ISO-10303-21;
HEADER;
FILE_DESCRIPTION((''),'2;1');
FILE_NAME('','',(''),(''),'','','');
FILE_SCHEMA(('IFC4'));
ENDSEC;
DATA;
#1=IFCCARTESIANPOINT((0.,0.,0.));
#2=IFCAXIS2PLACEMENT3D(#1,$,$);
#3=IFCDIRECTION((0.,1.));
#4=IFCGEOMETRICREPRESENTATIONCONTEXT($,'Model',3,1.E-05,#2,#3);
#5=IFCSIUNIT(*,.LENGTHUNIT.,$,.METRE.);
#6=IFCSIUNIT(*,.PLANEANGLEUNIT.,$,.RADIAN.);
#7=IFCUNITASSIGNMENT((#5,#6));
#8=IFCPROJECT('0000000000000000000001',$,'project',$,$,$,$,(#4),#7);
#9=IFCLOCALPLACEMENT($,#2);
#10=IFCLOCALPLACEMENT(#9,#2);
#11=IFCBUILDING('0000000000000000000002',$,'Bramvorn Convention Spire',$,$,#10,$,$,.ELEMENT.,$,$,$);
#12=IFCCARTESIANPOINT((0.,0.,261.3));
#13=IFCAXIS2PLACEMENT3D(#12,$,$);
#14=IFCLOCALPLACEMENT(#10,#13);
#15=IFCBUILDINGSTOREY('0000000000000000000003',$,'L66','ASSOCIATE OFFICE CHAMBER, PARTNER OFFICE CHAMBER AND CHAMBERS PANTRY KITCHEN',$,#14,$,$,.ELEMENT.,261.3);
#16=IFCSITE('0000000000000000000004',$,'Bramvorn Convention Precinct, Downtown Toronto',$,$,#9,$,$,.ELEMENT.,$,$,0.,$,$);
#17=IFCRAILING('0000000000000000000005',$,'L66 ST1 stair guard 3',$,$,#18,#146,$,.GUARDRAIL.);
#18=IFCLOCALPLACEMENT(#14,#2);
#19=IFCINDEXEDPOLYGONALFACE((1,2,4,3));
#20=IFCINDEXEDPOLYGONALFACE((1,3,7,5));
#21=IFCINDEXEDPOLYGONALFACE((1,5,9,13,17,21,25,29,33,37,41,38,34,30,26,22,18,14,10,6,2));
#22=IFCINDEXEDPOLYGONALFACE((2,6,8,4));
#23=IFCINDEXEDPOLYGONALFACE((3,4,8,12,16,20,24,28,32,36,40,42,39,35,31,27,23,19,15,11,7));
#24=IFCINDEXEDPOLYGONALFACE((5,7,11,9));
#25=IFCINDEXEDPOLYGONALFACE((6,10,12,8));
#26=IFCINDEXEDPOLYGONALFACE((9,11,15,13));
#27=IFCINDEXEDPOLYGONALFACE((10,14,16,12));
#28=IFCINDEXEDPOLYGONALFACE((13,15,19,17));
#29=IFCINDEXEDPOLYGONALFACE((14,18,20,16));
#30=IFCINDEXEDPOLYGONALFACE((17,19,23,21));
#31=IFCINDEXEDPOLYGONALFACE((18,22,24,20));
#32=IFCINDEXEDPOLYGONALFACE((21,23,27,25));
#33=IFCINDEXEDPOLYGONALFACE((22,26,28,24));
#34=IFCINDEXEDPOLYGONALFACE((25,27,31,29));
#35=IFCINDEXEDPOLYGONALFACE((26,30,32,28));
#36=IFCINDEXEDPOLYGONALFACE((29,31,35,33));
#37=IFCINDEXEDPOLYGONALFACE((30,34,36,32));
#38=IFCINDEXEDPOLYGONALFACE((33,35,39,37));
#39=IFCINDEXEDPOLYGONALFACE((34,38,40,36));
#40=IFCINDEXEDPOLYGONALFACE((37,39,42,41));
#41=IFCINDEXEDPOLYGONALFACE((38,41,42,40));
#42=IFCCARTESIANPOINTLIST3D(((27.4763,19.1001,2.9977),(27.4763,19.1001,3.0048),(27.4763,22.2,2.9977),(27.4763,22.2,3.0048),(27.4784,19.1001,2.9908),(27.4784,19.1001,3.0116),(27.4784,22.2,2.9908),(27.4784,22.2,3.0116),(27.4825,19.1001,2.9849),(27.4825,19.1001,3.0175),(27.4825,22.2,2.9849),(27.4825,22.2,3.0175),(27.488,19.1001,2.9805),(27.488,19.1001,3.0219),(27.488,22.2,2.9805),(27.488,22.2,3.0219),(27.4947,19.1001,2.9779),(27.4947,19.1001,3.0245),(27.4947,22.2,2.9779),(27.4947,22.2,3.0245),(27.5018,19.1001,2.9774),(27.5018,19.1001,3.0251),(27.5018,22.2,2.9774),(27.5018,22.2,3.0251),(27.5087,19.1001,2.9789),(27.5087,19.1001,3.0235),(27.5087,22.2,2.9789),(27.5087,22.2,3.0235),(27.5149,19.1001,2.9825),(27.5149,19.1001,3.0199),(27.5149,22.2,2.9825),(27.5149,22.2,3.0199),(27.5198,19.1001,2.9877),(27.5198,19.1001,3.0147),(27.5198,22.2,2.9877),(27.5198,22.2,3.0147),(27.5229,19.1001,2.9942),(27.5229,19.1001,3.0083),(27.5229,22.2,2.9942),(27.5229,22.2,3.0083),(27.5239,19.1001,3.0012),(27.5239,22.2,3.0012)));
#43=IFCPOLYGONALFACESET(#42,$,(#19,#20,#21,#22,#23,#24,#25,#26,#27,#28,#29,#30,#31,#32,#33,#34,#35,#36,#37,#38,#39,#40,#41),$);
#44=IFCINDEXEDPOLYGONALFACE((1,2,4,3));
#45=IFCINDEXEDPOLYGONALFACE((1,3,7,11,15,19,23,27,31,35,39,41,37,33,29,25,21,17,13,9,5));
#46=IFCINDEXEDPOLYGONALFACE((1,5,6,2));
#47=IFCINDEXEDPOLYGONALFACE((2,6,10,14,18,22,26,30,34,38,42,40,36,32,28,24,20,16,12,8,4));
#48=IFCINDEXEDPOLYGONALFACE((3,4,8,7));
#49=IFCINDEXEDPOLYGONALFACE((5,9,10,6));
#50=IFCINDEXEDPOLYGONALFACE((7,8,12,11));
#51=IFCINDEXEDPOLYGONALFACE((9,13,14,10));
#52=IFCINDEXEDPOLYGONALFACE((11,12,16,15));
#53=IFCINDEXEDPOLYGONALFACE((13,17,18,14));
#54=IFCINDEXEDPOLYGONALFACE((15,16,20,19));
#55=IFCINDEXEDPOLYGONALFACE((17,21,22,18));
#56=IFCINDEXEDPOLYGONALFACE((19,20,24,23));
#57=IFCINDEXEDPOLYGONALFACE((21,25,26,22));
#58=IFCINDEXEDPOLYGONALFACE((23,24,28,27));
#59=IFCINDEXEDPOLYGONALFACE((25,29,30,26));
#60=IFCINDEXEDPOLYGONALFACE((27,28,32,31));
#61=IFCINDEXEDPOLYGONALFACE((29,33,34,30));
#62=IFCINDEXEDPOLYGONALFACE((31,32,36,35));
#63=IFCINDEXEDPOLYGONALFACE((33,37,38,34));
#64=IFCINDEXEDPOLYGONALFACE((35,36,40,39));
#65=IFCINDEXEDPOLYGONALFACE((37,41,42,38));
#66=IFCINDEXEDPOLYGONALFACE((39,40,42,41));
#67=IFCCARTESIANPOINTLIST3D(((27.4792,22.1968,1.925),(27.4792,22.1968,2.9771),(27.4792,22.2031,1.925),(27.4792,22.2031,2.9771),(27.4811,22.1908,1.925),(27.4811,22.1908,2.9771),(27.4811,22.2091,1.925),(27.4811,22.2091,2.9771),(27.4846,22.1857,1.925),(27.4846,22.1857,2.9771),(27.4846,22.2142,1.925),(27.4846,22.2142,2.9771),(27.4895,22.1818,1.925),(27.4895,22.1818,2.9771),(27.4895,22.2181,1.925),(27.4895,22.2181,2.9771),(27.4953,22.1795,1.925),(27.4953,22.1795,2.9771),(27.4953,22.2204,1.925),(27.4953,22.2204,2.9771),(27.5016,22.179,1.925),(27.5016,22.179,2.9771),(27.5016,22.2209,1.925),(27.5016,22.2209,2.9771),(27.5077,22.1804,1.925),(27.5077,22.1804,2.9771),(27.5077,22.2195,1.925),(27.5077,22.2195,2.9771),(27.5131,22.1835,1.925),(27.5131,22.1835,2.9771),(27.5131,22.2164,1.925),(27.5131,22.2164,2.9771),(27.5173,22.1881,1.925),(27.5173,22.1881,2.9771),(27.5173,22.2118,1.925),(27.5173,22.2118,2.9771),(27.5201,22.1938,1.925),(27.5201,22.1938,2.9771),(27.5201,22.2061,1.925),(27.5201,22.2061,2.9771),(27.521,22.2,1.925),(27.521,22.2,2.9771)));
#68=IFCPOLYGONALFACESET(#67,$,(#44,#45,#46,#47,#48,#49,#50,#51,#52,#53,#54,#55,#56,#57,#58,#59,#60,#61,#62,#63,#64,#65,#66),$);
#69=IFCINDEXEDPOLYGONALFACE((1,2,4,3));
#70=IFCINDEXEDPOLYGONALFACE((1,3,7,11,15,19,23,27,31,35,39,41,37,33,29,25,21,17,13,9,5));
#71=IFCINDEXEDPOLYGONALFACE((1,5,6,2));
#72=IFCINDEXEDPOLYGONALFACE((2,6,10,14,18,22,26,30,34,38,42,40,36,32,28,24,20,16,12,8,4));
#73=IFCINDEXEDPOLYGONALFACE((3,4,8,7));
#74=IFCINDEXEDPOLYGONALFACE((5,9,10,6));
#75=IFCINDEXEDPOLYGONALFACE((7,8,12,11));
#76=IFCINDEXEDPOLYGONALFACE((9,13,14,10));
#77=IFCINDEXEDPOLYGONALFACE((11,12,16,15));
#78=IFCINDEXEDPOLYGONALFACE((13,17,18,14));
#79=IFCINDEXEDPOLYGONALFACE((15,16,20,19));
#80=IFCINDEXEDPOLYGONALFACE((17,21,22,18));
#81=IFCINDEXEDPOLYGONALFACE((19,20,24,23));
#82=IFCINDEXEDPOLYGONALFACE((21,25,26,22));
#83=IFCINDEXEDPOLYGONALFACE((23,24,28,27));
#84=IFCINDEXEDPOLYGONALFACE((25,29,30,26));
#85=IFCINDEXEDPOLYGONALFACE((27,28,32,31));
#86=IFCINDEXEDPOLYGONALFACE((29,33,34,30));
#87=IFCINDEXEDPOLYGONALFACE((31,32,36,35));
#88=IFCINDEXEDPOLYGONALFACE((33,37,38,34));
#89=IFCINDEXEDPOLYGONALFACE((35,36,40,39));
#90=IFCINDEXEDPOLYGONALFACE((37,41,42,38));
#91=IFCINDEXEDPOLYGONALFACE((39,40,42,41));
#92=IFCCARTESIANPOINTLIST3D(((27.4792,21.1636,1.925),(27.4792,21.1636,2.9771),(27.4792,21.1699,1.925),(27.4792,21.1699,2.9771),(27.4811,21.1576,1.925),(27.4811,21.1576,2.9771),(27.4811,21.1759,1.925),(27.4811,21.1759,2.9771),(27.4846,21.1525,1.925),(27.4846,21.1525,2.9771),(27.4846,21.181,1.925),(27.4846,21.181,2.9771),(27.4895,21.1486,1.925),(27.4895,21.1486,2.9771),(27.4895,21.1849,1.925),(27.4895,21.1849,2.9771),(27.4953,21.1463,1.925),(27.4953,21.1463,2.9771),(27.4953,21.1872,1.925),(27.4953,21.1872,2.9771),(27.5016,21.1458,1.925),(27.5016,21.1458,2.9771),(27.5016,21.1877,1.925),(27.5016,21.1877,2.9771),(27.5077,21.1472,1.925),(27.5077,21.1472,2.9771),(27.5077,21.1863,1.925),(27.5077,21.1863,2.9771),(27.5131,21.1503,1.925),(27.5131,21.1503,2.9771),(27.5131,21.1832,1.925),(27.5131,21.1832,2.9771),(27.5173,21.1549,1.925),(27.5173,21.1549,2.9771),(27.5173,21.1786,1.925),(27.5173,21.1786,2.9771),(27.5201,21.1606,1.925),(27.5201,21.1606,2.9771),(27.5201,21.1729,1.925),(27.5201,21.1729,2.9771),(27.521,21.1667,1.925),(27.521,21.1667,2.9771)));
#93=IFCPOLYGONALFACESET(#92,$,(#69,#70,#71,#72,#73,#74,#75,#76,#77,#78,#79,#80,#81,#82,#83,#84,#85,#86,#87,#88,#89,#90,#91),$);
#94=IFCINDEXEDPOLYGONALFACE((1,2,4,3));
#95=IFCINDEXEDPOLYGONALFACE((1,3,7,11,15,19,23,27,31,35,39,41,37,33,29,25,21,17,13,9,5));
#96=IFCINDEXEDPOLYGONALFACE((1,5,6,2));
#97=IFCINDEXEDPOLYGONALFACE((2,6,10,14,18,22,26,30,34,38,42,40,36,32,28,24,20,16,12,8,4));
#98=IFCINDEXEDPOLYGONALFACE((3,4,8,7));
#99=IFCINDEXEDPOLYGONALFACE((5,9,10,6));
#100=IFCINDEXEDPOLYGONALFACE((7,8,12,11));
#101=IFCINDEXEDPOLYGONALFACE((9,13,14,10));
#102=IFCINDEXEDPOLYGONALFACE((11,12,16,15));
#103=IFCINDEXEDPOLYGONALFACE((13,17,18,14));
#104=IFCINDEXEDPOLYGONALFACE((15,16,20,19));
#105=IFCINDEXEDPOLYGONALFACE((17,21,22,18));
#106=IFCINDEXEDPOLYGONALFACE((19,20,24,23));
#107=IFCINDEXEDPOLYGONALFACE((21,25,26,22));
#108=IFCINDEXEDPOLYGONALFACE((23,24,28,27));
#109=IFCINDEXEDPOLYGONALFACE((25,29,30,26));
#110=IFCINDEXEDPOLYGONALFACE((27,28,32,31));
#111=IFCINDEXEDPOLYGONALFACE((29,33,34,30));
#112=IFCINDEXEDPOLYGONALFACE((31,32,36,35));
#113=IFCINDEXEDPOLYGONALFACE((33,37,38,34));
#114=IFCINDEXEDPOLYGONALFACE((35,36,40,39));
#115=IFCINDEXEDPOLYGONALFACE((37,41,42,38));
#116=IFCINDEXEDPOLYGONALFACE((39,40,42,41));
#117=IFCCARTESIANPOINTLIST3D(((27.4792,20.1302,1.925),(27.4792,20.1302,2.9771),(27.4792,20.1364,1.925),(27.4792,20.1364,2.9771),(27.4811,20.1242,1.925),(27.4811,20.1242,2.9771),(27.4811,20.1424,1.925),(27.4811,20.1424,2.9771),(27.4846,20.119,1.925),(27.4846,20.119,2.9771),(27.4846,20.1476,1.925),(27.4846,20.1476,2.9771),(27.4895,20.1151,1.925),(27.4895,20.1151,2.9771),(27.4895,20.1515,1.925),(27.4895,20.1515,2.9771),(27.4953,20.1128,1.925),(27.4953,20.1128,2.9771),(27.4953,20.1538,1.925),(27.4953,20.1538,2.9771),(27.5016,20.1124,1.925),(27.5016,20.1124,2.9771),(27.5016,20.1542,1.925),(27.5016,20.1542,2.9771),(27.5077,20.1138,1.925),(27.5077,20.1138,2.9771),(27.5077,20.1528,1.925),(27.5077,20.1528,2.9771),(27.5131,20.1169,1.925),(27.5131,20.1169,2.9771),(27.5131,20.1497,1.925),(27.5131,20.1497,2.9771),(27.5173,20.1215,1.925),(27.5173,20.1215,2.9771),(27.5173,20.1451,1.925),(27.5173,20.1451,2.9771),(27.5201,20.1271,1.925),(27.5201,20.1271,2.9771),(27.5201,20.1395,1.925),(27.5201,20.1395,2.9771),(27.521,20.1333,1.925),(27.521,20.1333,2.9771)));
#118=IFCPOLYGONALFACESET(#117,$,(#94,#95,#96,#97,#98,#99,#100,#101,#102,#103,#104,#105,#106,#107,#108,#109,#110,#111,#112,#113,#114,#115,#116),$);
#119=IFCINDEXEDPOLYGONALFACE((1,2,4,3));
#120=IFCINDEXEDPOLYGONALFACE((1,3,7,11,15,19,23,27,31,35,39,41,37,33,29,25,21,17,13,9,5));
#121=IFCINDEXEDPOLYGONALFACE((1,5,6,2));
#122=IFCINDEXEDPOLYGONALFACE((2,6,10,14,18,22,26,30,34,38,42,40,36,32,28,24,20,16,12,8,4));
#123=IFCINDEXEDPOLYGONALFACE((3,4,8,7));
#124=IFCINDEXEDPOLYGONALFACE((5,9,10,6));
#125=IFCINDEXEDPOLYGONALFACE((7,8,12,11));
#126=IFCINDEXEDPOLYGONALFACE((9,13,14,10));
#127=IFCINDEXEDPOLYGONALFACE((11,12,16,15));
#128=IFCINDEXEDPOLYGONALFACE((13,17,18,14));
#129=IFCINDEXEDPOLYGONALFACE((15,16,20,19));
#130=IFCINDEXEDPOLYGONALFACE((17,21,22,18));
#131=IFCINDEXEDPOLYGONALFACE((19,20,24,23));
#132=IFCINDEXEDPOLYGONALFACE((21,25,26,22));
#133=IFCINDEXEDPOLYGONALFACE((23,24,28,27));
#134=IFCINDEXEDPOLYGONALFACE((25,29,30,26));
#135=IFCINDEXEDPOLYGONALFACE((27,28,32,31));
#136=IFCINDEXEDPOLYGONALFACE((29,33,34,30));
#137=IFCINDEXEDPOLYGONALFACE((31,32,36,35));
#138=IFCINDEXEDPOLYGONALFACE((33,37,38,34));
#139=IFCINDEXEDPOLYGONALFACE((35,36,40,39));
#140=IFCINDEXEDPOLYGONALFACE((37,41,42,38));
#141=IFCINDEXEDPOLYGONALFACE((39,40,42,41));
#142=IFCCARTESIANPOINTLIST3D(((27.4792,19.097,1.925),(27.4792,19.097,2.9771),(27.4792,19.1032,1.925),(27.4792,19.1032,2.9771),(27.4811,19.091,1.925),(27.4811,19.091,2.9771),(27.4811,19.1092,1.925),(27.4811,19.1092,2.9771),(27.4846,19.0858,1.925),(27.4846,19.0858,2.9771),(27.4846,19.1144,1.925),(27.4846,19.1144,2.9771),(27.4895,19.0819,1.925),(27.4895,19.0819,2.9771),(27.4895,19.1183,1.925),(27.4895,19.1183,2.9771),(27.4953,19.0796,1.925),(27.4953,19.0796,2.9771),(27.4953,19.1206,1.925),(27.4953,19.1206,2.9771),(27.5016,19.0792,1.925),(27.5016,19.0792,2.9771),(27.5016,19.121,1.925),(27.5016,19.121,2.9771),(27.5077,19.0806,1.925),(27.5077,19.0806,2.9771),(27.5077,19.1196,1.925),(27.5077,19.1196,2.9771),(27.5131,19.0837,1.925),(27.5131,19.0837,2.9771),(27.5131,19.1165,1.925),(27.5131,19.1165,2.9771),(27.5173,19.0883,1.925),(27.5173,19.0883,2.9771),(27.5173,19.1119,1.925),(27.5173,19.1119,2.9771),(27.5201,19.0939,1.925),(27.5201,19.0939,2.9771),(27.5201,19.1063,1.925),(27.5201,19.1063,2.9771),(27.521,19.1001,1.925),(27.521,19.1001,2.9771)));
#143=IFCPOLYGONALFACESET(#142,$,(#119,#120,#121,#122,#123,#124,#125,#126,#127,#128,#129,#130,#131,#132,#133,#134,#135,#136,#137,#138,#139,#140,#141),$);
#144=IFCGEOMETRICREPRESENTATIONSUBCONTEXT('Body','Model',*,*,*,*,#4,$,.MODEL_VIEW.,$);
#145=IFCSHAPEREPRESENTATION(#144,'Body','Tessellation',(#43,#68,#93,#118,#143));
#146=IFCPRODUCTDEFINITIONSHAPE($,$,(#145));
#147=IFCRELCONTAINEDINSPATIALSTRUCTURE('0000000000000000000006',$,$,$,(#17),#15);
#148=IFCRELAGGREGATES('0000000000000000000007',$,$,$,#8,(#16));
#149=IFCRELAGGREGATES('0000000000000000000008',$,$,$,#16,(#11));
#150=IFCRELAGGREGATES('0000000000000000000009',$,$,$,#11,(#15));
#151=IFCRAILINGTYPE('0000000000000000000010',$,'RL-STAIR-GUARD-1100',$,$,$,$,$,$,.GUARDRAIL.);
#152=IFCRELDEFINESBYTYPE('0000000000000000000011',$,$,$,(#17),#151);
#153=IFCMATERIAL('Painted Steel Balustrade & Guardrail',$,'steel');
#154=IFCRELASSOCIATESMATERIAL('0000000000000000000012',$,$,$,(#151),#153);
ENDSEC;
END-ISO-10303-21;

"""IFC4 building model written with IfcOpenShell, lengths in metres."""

from ifc_helpers import new_model, si_unit, direction, frame, origin, origin_2d, place, context, subcontext, project, spatial, circle, extrude, material, type_object, element, save


model = new_model("IFC4")

# Units and contexts
model_context = context("Model", 3, precision=1e-05, world=origin(), true_north=direction((0.0, 1.0)))
body_context = subcontext(model_context, "Body", "Model", "MODEL_VIEW")
ifc_project = project(units=[si_unit("LENGTHUNIT", "METRE"), si_unit("PLANEANGLEUNIT", "RADIAN")], contexts=[model_context])

# Site, building, storey
site_placement = place(None, origin())
site = spatial("IfcSite", under=ifc_project, at=site_placement, Name="Bramvorn Convention Precinct, Downtown Toronto", CompositionType="ELEMENT", RefElevation=0.0)
building_placement = place(site_placement, origin())
building = spatial("IfcBuilding", under=site, at=building_placement, Name="Bramvorn Convention Spire", CompositionType="ELEMENT")
storey_placement = place(building_placement, frame((0.0, 0.0, 261.3)))
storey = spatial("IfcBuildingStorey", under=building, at=storey_placement, Name="L66", Description="ASSOCIATE OFFICE CHAMBER, PARTNER OFFICE CHAMBER AND CHAMBERS PANTRY KITCHEN", CompositionType="ELEMENT", Elevation=261.3)

# Railing
ifc_material_1 = material(Name="Painted Steel Balustrade & Guardrail", Category="steel")
railing_type_1 = type_object("IfcRailingType", Name="RL-STAIR-GUARD-1100", PredefinedType="GUARDRAIL", material=ifc_material_1)
for number, where, name in (
    (1, (27.5, 22.2, 1.925), "L66 ST1 stair guard 3"),
):
    element("IfcRailing", number, at=place(storey_placement, frame(where)), inside=storey, type_object=railing_type_1, Name=name, PredefinedType="GUARDRAIL", context=body_context, shape_type="SweptSolid", body=[
        extrude(circle(Radius=0.0239, at=origin_2d()), frame((0.0, 0.0, 1.0762), z_axis=(0.0, -1.0, 0.0), x_axis=(1.0, 0.0, 0.0)), (0.0, 0.0, 1.0), 3.0999),
        extrude(circle(Radius=0.021, at=origin_2d()), origin(), (0.0, 0.0, 1.0), 1.052),
        extrude(circle(Radius=0.021, at=origin_2d()), frame((0.0, -1.0332, 0.0)), (0.0, 0.0, 1.0), 1.052),
        extrude(circle(Radius=0.021, at=origin_2d()), frame((0.0, -2.0667, 0.0)), (0.0, 0.0, 1.0), 1.052),
        extrude(circle(Radius=0.021, at=origin_2d()), frame((0.0, -3.0999, 0.0)), (0.0, 0.0, 1.0), 1.052),
    ])

save(model, "model.ifc")
